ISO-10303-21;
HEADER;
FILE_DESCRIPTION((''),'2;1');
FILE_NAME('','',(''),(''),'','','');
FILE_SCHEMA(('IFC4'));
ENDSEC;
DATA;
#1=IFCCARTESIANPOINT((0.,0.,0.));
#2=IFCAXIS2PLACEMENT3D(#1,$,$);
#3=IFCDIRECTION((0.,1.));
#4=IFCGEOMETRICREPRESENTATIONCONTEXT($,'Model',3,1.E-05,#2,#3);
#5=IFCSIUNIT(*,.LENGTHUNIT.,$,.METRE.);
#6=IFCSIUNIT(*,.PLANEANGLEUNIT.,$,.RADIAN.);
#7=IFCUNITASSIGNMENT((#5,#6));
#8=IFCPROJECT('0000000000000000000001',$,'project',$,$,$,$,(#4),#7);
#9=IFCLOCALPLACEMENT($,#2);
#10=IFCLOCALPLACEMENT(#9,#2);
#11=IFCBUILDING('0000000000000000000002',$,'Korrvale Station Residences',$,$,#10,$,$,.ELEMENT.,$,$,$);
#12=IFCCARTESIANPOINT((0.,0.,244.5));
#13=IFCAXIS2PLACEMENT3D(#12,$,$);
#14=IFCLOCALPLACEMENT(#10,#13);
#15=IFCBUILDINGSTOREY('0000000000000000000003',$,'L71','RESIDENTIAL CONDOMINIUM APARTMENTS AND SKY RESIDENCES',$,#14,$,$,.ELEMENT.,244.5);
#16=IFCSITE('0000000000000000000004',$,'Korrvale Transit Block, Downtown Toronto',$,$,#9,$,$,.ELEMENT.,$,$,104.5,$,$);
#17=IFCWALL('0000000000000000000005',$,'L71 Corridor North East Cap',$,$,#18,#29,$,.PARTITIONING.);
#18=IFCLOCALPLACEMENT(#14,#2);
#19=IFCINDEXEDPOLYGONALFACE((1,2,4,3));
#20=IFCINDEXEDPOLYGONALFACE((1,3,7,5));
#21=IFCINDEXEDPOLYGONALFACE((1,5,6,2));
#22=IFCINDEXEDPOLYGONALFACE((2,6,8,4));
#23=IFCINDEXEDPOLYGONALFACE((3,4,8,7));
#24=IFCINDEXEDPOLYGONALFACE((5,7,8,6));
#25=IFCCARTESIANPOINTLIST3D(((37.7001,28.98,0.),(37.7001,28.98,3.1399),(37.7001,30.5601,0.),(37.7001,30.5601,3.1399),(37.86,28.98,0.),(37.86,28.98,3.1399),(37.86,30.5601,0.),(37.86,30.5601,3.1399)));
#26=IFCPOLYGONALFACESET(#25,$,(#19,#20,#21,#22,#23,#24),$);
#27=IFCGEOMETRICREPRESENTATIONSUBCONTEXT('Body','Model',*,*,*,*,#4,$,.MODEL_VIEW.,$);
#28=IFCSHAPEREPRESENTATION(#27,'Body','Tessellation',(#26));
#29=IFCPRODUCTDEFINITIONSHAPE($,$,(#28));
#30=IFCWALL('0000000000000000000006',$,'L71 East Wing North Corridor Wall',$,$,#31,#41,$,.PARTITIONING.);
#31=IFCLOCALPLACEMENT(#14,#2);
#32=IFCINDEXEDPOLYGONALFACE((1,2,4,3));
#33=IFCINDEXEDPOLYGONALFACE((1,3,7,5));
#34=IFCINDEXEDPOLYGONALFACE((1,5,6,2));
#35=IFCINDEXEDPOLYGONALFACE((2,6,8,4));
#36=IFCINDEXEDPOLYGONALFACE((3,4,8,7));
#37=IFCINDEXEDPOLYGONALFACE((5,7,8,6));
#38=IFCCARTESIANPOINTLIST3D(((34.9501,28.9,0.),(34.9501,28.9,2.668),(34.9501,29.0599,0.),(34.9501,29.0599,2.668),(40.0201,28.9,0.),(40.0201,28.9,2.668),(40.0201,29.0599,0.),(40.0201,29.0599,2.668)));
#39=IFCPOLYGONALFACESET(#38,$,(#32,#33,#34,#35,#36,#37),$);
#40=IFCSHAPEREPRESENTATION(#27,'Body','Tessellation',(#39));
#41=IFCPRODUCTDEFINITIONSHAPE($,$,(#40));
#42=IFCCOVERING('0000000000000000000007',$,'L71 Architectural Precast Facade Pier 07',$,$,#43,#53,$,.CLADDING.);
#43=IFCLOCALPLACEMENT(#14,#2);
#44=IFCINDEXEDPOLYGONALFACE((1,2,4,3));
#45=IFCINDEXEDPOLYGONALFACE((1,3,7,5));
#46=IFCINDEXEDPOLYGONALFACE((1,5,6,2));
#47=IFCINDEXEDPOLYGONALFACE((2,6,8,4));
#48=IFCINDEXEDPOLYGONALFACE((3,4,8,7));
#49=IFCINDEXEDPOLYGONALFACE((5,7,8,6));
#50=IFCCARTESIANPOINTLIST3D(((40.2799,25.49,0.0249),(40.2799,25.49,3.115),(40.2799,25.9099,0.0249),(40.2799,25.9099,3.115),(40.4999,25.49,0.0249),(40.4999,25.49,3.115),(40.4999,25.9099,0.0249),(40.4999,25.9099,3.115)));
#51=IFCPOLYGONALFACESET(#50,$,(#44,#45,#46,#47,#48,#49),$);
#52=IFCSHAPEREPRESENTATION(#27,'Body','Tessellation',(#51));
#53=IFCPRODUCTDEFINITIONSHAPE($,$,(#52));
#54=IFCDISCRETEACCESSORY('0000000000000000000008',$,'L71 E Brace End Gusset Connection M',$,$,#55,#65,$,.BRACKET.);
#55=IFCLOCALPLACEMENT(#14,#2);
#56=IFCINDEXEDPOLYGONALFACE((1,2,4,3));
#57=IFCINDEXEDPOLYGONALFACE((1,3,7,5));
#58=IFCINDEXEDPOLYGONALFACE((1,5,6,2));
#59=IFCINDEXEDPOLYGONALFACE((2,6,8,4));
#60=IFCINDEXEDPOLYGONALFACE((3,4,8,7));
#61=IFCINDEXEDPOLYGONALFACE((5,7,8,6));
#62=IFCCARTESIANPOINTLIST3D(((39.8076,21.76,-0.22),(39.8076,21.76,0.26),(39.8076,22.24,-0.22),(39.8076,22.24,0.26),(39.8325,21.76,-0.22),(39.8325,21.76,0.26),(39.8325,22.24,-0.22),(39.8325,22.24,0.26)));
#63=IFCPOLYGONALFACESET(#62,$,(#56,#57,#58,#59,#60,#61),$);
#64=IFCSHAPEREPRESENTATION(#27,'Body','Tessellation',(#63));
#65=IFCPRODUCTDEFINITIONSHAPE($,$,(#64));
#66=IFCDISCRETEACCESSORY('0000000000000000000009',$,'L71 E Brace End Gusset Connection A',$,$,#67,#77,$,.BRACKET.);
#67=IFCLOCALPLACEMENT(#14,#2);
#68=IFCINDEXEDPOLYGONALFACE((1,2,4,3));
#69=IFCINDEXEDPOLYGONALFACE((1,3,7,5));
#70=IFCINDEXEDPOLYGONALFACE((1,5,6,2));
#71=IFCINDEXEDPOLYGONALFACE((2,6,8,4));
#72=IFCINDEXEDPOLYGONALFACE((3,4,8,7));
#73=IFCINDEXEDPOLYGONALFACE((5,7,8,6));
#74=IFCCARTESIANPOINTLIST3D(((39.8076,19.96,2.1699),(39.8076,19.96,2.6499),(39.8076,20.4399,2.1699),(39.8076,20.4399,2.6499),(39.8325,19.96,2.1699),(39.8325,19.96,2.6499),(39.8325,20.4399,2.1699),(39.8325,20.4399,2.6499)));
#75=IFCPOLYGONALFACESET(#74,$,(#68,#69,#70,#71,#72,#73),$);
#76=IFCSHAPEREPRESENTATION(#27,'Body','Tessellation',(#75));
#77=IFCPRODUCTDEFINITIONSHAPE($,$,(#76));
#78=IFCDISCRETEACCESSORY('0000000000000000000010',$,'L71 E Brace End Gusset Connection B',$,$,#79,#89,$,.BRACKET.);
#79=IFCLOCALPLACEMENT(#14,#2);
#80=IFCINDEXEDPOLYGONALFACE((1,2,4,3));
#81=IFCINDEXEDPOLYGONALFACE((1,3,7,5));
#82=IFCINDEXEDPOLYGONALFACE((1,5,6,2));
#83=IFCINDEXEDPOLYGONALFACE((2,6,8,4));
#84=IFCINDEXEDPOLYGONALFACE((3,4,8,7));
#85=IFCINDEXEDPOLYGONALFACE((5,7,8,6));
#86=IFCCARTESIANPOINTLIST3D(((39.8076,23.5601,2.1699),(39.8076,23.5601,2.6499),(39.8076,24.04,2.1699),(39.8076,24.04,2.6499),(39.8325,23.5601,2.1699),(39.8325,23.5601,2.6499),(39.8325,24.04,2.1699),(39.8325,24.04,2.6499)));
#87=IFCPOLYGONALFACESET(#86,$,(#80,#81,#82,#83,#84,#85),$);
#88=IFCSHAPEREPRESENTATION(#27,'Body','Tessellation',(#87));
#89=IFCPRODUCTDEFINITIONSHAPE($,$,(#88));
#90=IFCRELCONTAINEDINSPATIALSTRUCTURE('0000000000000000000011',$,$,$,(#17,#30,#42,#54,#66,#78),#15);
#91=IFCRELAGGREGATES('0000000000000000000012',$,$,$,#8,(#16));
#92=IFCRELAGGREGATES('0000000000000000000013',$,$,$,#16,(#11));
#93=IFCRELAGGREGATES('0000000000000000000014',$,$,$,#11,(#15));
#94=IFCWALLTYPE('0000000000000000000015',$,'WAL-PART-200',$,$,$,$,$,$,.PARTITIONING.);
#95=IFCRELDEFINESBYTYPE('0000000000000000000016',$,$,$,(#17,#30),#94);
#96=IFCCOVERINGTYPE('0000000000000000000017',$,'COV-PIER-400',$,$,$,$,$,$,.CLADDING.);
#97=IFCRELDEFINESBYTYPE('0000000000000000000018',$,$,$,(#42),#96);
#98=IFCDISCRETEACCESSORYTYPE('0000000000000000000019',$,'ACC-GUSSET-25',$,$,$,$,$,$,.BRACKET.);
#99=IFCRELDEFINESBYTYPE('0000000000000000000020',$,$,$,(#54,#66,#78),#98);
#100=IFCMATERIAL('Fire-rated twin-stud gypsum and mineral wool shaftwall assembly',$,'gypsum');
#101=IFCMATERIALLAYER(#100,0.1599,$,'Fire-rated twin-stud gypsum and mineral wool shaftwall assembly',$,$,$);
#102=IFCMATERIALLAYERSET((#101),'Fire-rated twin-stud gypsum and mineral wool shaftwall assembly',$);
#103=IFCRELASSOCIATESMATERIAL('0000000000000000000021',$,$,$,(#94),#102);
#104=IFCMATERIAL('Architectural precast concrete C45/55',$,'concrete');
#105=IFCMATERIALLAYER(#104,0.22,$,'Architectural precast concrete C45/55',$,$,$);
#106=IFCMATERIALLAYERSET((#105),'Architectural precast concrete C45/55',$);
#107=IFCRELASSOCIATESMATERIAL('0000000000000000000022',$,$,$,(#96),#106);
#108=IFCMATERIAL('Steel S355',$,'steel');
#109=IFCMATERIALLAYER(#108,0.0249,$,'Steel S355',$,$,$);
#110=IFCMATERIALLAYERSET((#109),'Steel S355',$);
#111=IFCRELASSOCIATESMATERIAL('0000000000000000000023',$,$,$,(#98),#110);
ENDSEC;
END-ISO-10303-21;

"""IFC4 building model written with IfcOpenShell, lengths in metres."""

from ifc_helpers import new_model, si_unit, direction, frame, frame_2d, origin, origin_2d, place, context, subcontext, project, spatial, rectangle, extrude, material, layer, layer_set, type_object, element, save


model = new_model("IFC4")

# Units and contexts
model_context = context("Model", 3, precision=1e-05, world=origin(), true_north=direction((0.0, 1.0)))
body_context = subcontext(model_context, "Body", "Model", "MODEL_VIEW")
ifc_project = project(units=[si_unit("LENGTHUNIT", "METRE"), si_unit("PLANEANGLEUNIT", "RADIAN")], contexts=[model_context])

# Site, building, storey
site_placement = place(None, origin())
site = spatial("IfcSite", under=ifc_project, at=site_placement, Name="Korrvale Transit Block, Downtown Toronto", CompositionType="ELEMENT", RefElevation=104.5)
building_placement = place(site_placement, origin())
building = spatial("IfcBuilding", under=site, at=building_placement, Name="Korrvale Station Residences", CompositionType="ELEMENT")
storey_placement = place(building_placement, frame((0.0, 0.0, 244.5)))
storey = spatial("IfcBuildingStorey", under=building, at=storey_placement, Name="L71", Description="RESIDENTIAL CONDOMINIUM APARTMENTS AND SKY RESIDENCES", CompositionType="ELEMENT", Elevation=244.5)

# Shared definitions
ifc_material_1 = material(Name="Steel S355", Category="steel")

# Walls
ifc_material_2 = material(Name="Fire-rated twin-stud gypsum and mineral wool shaftwall assembly", Category="gypsum")
ifc_layer_1 = layer(ifc_material_2, 0.1599, Name="Fire-rated twin-stud gypsum and mineral wool shaftwall assembly")
ifc_layer_set_1 = layer_set([ifc_layer_1], Name="Fire-rated twin-stud gypsum and mineral wool shaftwall assembly")
wall_type_1 = type_object("IfcWallType", Name="WAL-PART-200", PredefinedType="PARTITIONING", material=ifc_layer_set_1)
wall_1_placement = place(storey_placement, frame((37.78, 28.98, 0.0), z_axis=(0.0, 0.0, 1.0), x_axis=(0.0, 1.0, 0.0)))
element("IfcWall", 1, at=wall_1_placement, inside=storey, type_object=wall_type_1, Name="L71 Corridor North East Cap", PredefinedType="PARTITIONING", context=body_context, shape_type="SweptSolid", body=[
    extrude(rectangle(XDim=1.5801, YDim=0.1599, at=frame_2d((0.79, 0.0))), origin(), (0.0, 0.0, 1.0), 3.1399),
])
wall_2_placement = place(storey_placement, frame((34.95, 28.98, 0.0), z_axis=(0.0, 0.0, 1.0), x_axis=(1.0, 0.0, 0.0)))
element("IfcWall", 2, at=wall_2_placement, inside=storey, type_object=wall_type_1, Name="L71 East Wing North Corridor Wall", PredefinedType="PARTITIONING", context=body_context, shape_type="SweptSolid", body=[
    extrude(rectangle(XDim=5.0701, YDim=0.1599, at=frame_2d((2.5352, 0.0))), origin(), (0.0, 0.0, 1.0), 2.668),
])

# Covering
ifc_material_3 = material(Name="Architectural precast concrete C45/55", Category="concrete")
ifc_layer_2 = layer(ifc_material_3, 0.22, Name="Architectural precast concrete C45/55")
ifc_layer_set_2 = layer_set([ifc_layer_2], Name="Architectural precast concrete C45/55")
covering_type = type_object("IfcCoveringType", Name="COV-PIER-400", PredefinedType="CLADDING", material=ifc_layer_set_2)
covering_placement = place(storey_placement, frame((40.3899, 25.7, 0.0249), z_axis=(0.0, 0.0, 1.0), x_axis=(0.0, 1.0, 0.0)))
element("IfcCovering", 3, at=covering_placement, inside=storey, type_object=covering_type, Name="L71 Architectural Precast Facade Pier 07", PredefinedType="CLADDING", context=body_context, shape_type="SweptSolid", body=[
    extrude(rectangle(XDim=0.4199, YDim=0.22, at=origin_2d()), origin(), (0.0, 0.0, 1.0), 3.0901),
])

# Discrete accessories
ifc_layer_3 = layer(ifc_material_1, 0.0249, Name="Steel S355")
ifc_layer_set_3 = layer_set([ifc_layer_3], Name="Steel S355")
discrete_accessory_type = type_object("IfcDiscreteAccessoryType", Name="ACC-GUSSET-25", PredefinedType="BRACKET", material=ifc_layer_set_3)
for number, where, z_axis, x_axis, name in (
    (4, (39.8201, 22.0, -0.22), (0.0, 0.0, 1.0), (0.0, 1.0, 0.0), "L71 E Brace End Gusset Connection M"),
    (5, (39.8201, 20.2, 2.1699), (0.0, 0.0, 1.0), (0.0, 1.0, 0.0), "L71 E Brace End Gusset Connection A"),
    (6, (39.8201, 23.8, 2.1699), (0.0, 0.0, 1.0), (0.0, 1.0, 0.0), "L71 E Brace End Gusset Connection B"),
):
    element("IfcDiscreteAccessory", number, at=place(storey_placement, frame(where, z_axis=z_axis, x_axis=x_axis)), inside=storey, type_object=discrete_accessory_type, Name=name, PredefinedType="BRACKET", context=body_context, shape_type="SweptSolid", body=[
        extrude(rectangle(XDim=0.48, YDim=0.0249, at=origin_2d()), origin(), (0.0, 0.0, 1.0), 0.48),
    ])

save(model, "model.ifc")
